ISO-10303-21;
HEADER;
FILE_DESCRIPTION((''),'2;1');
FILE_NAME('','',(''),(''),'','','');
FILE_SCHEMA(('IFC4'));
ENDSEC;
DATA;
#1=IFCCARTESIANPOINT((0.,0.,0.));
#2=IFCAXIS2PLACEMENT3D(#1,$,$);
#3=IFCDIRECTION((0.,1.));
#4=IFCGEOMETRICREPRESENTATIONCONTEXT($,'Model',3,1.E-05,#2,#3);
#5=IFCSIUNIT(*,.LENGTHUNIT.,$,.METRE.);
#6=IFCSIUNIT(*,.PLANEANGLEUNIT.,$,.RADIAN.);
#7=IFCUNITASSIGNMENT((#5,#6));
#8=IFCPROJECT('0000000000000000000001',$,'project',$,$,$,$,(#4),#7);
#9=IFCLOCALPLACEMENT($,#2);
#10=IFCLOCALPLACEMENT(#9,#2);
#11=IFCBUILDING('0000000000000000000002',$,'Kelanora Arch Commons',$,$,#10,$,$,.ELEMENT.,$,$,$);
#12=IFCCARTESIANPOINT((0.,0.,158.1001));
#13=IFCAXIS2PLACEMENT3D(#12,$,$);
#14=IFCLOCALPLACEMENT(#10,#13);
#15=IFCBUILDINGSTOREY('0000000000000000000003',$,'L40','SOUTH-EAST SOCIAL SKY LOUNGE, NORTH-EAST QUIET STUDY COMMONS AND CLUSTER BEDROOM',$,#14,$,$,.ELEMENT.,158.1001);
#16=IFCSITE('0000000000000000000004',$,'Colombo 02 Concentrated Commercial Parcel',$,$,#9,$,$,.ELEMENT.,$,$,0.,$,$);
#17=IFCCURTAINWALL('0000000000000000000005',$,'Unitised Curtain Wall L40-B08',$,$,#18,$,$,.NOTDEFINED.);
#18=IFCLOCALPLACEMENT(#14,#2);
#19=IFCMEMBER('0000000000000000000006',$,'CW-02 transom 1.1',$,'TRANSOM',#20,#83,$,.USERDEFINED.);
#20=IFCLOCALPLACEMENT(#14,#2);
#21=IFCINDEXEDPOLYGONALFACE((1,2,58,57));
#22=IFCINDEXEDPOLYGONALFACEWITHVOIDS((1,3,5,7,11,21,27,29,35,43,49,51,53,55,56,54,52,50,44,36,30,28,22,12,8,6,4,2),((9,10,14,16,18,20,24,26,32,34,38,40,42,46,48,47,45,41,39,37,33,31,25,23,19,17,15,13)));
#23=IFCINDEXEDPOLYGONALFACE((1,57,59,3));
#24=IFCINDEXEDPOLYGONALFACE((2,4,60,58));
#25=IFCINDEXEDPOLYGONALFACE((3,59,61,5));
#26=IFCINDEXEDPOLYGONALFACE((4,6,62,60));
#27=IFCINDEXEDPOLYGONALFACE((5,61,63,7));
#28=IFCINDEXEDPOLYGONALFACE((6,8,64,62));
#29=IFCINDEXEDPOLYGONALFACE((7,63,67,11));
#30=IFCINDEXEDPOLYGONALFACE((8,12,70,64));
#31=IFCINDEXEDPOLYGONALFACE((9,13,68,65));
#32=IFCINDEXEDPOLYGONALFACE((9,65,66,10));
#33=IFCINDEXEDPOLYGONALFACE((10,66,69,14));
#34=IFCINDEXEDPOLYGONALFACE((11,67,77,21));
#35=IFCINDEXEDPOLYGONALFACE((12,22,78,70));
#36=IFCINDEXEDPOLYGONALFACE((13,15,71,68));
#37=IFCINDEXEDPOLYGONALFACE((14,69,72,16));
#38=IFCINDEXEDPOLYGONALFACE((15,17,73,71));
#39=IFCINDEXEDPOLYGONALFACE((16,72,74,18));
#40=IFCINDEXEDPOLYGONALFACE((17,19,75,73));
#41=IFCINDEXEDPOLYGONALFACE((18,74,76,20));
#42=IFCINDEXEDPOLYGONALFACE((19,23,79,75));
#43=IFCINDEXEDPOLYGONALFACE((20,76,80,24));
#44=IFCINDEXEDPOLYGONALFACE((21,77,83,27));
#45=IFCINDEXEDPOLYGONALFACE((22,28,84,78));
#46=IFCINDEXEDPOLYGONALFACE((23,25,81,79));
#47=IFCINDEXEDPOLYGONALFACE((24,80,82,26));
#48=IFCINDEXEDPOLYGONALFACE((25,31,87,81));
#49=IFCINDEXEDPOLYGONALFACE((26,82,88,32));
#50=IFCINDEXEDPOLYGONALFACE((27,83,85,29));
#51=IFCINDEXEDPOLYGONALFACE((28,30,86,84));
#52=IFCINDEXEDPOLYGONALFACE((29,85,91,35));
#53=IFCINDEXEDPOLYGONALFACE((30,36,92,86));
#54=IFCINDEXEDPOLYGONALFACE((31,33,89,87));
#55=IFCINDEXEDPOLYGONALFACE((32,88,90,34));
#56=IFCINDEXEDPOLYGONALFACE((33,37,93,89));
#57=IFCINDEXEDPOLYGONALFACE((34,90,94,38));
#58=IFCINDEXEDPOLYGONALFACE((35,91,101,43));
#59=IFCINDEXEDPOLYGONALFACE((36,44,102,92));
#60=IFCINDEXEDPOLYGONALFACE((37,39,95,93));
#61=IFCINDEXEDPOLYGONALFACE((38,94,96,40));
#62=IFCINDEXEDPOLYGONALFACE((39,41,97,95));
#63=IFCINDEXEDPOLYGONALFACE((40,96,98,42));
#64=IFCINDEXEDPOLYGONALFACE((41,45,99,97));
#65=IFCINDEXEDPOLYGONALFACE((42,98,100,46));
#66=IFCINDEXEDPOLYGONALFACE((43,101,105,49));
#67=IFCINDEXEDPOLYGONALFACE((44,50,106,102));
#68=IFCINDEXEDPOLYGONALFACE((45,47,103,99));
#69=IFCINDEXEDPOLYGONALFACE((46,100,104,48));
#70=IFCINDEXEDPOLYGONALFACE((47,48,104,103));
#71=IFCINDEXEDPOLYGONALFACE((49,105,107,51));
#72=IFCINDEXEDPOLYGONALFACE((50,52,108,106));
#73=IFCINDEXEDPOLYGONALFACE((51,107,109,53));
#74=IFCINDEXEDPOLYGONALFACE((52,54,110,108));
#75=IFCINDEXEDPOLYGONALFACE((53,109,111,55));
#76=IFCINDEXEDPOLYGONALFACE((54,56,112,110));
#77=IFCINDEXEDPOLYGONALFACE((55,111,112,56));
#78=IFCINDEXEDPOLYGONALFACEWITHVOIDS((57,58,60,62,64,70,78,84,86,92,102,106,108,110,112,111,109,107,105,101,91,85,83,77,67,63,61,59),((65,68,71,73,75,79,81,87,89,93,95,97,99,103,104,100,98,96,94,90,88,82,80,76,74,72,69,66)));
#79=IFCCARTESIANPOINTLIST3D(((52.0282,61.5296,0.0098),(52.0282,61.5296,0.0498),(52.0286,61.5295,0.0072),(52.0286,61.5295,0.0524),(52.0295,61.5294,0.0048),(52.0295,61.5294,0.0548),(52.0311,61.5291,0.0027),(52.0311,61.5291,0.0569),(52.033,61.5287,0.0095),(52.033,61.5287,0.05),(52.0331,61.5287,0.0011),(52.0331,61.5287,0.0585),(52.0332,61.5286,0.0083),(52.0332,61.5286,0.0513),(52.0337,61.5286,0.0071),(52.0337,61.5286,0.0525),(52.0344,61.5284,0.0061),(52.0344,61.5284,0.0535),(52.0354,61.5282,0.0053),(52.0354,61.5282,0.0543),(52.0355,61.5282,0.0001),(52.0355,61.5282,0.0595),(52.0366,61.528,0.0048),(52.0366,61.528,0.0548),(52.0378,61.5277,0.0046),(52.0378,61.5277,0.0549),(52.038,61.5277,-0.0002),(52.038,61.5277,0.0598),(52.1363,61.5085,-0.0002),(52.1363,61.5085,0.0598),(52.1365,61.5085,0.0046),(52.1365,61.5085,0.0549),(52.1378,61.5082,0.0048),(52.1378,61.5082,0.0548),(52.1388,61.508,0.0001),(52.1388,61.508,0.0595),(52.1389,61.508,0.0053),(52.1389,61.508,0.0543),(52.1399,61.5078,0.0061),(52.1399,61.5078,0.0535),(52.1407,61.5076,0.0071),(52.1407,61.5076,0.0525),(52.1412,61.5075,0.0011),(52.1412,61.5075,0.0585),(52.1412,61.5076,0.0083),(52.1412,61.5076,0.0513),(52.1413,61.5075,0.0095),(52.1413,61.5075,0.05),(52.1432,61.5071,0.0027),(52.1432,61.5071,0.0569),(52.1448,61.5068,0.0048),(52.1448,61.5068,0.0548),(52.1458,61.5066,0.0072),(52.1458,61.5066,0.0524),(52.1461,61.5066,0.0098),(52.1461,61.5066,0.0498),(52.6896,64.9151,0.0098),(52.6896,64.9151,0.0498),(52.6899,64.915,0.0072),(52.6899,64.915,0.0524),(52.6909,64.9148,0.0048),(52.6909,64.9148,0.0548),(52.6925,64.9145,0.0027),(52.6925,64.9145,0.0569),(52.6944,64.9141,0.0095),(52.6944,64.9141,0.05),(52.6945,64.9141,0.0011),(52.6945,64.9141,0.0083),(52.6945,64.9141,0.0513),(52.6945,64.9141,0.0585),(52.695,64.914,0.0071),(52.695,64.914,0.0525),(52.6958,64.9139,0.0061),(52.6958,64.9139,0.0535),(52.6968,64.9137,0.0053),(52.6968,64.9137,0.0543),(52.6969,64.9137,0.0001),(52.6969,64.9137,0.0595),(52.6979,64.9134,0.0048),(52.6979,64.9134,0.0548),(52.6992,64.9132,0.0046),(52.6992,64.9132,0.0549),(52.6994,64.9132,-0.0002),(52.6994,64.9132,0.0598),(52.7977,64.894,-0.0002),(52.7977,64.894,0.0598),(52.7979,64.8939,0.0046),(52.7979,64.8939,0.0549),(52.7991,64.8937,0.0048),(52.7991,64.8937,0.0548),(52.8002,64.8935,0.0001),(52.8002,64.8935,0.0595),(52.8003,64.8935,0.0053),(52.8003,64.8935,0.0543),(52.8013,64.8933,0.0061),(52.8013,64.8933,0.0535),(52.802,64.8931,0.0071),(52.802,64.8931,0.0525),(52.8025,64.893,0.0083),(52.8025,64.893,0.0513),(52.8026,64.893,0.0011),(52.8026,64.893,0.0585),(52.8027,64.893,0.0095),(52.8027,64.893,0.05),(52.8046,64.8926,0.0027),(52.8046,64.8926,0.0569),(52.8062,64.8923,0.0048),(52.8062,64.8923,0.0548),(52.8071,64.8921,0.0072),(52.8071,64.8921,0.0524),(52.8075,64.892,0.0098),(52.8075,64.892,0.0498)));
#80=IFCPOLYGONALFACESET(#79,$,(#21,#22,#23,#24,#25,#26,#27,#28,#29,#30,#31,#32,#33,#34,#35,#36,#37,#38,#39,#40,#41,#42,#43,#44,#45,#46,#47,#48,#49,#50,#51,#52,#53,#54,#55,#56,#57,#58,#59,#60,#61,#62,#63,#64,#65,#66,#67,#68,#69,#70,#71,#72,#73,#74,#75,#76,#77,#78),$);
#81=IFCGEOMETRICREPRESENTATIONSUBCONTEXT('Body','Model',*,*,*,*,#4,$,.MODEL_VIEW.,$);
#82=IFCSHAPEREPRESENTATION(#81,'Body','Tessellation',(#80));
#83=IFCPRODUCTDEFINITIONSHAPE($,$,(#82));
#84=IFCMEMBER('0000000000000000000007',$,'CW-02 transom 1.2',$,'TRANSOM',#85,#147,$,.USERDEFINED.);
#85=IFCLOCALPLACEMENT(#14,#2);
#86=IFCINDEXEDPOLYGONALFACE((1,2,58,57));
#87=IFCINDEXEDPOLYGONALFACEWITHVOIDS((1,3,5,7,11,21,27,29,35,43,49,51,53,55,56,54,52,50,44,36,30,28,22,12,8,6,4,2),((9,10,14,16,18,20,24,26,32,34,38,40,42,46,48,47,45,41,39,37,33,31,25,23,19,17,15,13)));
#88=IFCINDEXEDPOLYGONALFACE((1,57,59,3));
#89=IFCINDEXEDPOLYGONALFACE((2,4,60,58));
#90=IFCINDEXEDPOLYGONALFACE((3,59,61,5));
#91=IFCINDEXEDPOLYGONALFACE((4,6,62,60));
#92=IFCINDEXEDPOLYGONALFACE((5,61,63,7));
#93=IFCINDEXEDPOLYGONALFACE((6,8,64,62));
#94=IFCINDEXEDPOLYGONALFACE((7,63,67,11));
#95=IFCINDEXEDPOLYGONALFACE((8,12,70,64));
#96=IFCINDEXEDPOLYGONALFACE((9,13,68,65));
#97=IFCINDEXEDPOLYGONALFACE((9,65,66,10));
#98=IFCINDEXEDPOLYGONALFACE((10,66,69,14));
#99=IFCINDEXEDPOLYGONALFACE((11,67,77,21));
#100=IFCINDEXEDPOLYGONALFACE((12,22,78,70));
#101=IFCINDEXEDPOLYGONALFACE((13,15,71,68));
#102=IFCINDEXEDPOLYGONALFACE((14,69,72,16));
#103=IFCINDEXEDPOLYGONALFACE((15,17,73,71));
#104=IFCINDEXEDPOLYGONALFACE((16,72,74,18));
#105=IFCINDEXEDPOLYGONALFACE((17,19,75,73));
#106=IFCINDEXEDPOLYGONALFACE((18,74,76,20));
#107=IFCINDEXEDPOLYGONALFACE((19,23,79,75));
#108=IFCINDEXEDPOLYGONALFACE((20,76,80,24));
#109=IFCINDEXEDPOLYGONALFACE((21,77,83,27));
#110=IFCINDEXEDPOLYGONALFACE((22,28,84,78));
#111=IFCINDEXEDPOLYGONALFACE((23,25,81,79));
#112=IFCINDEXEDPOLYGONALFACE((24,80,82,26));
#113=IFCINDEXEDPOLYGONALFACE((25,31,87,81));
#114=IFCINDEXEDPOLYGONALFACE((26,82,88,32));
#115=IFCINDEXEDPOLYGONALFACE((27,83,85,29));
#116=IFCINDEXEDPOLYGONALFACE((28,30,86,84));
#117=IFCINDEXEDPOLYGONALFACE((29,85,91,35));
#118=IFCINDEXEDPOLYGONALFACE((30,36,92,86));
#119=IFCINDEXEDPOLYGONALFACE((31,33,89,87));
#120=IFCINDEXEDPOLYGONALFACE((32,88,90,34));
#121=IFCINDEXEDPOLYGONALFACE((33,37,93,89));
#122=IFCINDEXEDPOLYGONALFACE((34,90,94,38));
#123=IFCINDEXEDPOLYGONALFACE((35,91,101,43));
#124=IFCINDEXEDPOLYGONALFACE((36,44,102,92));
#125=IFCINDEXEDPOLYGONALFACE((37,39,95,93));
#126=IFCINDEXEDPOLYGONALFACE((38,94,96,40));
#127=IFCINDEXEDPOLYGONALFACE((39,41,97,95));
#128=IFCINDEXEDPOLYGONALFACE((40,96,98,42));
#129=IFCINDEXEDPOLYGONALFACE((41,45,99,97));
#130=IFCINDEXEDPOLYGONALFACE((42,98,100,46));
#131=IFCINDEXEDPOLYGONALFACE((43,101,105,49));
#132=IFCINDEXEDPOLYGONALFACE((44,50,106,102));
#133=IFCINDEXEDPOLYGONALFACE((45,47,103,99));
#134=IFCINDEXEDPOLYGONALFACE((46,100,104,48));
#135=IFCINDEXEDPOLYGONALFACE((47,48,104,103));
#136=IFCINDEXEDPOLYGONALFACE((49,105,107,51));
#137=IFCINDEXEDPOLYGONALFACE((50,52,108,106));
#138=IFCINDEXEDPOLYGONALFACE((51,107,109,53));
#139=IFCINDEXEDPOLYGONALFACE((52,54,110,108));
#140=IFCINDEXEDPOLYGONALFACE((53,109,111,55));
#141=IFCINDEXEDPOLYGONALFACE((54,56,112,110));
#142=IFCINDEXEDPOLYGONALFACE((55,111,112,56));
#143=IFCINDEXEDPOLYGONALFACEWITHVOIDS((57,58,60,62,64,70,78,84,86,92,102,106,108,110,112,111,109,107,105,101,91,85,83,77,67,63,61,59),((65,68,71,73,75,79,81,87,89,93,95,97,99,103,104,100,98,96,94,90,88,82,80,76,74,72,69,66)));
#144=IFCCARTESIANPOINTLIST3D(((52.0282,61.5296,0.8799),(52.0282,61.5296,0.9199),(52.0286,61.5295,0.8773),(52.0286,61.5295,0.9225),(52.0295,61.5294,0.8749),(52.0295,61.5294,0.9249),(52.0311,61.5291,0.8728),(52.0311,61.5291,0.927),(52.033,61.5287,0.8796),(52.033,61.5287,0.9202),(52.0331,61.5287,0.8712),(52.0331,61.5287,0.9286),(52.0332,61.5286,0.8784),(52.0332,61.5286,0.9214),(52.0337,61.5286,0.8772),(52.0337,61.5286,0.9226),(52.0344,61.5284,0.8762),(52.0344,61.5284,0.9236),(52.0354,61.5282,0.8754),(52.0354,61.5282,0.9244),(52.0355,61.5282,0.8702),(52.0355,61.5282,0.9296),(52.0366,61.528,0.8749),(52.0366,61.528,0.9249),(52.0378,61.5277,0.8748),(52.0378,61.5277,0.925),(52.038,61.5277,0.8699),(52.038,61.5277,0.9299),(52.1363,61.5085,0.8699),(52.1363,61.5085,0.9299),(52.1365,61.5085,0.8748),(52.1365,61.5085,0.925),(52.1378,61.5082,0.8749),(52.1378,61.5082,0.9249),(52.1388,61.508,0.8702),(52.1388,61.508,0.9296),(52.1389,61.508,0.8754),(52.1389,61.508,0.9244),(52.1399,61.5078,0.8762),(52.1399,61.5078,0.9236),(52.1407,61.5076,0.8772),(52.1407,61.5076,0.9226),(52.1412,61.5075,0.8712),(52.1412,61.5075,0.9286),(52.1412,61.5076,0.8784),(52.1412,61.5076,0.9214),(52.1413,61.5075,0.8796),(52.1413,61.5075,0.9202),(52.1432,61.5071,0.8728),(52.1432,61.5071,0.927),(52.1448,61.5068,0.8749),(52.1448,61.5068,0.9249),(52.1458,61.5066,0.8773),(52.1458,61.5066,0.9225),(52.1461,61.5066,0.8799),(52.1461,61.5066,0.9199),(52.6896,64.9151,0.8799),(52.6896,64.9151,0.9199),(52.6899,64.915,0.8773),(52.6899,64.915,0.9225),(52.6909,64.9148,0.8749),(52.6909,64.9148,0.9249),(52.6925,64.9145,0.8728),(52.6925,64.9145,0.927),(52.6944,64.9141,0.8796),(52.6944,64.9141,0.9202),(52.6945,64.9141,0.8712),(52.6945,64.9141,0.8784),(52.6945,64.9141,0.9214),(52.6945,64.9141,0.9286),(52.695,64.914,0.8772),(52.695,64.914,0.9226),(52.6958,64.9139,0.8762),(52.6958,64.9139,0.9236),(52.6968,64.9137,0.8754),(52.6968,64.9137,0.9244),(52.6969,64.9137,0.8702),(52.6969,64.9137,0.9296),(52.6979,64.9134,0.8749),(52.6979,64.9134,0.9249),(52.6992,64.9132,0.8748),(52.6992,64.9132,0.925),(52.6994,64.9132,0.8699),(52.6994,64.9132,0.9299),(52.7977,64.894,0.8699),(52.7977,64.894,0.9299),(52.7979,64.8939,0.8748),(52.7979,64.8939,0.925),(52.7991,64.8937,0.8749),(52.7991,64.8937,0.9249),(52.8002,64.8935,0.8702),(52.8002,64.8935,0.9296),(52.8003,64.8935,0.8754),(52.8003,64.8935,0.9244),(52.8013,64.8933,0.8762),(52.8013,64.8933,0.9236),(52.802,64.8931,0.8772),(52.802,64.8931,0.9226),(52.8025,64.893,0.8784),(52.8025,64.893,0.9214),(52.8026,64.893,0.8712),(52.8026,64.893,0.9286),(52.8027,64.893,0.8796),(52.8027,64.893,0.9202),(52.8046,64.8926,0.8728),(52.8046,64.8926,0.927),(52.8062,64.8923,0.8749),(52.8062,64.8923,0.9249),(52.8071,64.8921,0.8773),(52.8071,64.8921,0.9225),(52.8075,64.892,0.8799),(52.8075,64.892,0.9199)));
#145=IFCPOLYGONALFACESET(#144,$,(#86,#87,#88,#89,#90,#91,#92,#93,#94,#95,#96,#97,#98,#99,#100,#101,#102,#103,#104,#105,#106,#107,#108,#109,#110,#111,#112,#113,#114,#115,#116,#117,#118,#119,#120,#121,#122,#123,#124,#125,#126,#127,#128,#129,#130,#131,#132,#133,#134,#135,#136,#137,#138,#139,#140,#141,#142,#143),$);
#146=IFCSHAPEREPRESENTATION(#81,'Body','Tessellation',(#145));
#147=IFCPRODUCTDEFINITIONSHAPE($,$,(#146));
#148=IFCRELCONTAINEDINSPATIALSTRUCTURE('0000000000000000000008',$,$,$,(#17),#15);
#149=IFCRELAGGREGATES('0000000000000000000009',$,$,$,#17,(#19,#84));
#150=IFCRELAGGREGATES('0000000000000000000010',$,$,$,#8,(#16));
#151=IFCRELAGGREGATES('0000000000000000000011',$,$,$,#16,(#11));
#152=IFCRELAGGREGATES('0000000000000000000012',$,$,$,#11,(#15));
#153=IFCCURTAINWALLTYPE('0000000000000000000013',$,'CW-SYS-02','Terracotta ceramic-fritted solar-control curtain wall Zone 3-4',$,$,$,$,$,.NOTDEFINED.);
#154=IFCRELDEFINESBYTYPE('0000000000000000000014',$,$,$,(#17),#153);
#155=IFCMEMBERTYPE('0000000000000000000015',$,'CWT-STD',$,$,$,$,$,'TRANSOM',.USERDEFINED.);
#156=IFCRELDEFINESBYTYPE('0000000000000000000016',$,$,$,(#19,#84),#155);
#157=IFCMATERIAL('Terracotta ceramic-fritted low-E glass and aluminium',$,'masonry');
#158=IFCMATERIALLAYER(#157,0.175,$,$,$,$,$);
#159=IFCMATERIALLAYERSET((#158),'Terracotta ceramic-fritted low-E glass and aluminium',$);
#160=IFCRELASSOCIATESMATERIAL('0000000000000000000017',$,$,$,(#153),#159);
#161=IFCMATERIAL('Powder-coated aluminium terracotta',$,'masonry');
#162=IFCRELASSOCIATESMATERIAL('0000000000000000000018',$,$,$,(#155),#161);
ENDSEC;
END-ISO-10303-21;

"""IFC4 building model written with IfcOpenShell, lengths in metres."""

from ifc_helpers import new_model, si_unit, direction, frame, origin, origin_2d, place, context, subcontext, project, spatial, hollow_rectangle, extrude, material, layer, layer_set, material_profile, profile_set, type_object, element, aggregate, save


model = new_model("IFC4")

# Units and contexts
model_context = context("Model", 3, precision=1e-05, world=origin(), true_north=direction((0.0, 1.0)))
body_context = subcontext(model_context, "Body", "Model", "MODEL_VIEW")
ifc_project = project(units=[si_unit("LENGTHUNIT", "METRE"), si_unit("PLANEANGLEUNIT", "RADIAN")], contexts=[model_context])

# Site, building, storey
site_placement = place(None, origin())
site = spatial("IfcSite", under=ifc_project, at=site_placement, Name="Colombo 02 Concentrated Commercial Parcel", CompositionType="ELEMENT", RefElevation=0.0)
building_placement = place(site_placement, origin())
building = spatial("IfcBuilding", under=site, at=building_placement, Name="Kelanora Arch Commons", CompositionType="ELEMENT")
storey_placement = place(building_placement, frame((0.0, 0.0, 158.1001)))
storey = spatial("IfcBuildingStorey", under=building, at=storey_placement, Name="L40", Description="SOUTH-EAST SOCIAL SKY LOUNGE, NORTH-EAST QUIET STUDY COMMONS AND CLUSTER BEDROOM", CompositionType="ELEMENT", Elevation=158.1001)

# Curtain wall, members
ifc_material_1 = material(Name="Terracotta ceramic-fritted low-E glass and aluminium", Category="masonry")
ifc_layer_1 = layer(ifc_material_1, 0.175)
ifc_layer_set_1 = layer_set([ifc_layer_1], Name="Terracotta ceramic-fritted low-E glass and aluminium")
curtain_wall_type = type_object("IfcCurtainWallType", Name="CW-SYS-02", Description="Terracotta ceramic-fritted solar-control curtain wall Zone 3-4", PredefinedType="NOTDEFINED", material=ifc_layer_set_1)
curtain_wall_placement = place(storey_placement, origin())
curtain_wall = element("IfcCurtainWall", 1, at=curtain_wall_placement, inside=storey, type_object=curtain_wall_type, Name="Unitised Curtain Wall L40-B08", PredefinedType="NOTDEFINED")
ifc_material_2 = material(Name="Powder-coated aluminium terracotta", Category="masonry")
ifc_material_profile_1 = material_profile(ifc_material_2, hollow_rectangle(XDim=0.1201, YDim=0.0601, WallThickness=0.0049, InnerFilletRadius=0.0049, OuterFilletRadius=0.01, at=origin_2d()), Name="CWT120x60")
ifc_profile_set_1 = profile_set([ifc_material_profile_1], Name="Powder-coated aluminium terracotta")
member_type_1 = type_object("IfcMemberType", Name="CWT-STD", ElementType="TRANSOM", PredefinedType="USERDEFINED", material=ifc_profile_set_1)
member_1_placement = place(storey_placement, frame((52.7485, 64.9036, 0.0298), z_axis=(-0.191732, -0.981447, 0.0), x_axis=(0.981447, -0.191732, 0.0)))
member_1 = element("IfcMember", 2, at=member_1_placement, type_object=member_type_1, Name="CW-02 transom 1.1", ObjectType="TRANSOM", PredefinedType="USERDEFINED", context=body_context, shape_type="SweptSolid", body=[
    extrude(hollow_rectangle(XDim=0.1201, YDim=0.0601, WallThickness=0.0049, InnerFilletRadius=0.0049, OuterFilletRadius=0.01, at=origin_2d()), origin(), (0.0, 0.0, 1.0), 3.4495),
])
member_2_placement = place(storey_placement, frame((52.7485, 64.9036, 0.8999), z_axis=(-0.191732, -0.981447, 0.0), x_axis=(0.981447, -0.191732, 0.0)))
member_2 = element("IfcMember", 3, at=member_2_placement, type_object=member_type_1, Name="CW-02 transom 1.2", ObjectType="TRANSOM", PredefinedType="USERDEFINED", context=body_context, shape_type="SweptSolid", body=[
    extrude(hollow_rectangle(XDim=0.1201, YDim=0.0601, WallThickness=0.0049, InnerFilletRadius=0.0049, OuterFilletRadius=0.01, at=origin_2d()), origin(), (0.0, 0.0, 1.0), 3.4495),
])
aggregate(curtain_wall, [member_1, member_2])

save(model, "model.ifc")
